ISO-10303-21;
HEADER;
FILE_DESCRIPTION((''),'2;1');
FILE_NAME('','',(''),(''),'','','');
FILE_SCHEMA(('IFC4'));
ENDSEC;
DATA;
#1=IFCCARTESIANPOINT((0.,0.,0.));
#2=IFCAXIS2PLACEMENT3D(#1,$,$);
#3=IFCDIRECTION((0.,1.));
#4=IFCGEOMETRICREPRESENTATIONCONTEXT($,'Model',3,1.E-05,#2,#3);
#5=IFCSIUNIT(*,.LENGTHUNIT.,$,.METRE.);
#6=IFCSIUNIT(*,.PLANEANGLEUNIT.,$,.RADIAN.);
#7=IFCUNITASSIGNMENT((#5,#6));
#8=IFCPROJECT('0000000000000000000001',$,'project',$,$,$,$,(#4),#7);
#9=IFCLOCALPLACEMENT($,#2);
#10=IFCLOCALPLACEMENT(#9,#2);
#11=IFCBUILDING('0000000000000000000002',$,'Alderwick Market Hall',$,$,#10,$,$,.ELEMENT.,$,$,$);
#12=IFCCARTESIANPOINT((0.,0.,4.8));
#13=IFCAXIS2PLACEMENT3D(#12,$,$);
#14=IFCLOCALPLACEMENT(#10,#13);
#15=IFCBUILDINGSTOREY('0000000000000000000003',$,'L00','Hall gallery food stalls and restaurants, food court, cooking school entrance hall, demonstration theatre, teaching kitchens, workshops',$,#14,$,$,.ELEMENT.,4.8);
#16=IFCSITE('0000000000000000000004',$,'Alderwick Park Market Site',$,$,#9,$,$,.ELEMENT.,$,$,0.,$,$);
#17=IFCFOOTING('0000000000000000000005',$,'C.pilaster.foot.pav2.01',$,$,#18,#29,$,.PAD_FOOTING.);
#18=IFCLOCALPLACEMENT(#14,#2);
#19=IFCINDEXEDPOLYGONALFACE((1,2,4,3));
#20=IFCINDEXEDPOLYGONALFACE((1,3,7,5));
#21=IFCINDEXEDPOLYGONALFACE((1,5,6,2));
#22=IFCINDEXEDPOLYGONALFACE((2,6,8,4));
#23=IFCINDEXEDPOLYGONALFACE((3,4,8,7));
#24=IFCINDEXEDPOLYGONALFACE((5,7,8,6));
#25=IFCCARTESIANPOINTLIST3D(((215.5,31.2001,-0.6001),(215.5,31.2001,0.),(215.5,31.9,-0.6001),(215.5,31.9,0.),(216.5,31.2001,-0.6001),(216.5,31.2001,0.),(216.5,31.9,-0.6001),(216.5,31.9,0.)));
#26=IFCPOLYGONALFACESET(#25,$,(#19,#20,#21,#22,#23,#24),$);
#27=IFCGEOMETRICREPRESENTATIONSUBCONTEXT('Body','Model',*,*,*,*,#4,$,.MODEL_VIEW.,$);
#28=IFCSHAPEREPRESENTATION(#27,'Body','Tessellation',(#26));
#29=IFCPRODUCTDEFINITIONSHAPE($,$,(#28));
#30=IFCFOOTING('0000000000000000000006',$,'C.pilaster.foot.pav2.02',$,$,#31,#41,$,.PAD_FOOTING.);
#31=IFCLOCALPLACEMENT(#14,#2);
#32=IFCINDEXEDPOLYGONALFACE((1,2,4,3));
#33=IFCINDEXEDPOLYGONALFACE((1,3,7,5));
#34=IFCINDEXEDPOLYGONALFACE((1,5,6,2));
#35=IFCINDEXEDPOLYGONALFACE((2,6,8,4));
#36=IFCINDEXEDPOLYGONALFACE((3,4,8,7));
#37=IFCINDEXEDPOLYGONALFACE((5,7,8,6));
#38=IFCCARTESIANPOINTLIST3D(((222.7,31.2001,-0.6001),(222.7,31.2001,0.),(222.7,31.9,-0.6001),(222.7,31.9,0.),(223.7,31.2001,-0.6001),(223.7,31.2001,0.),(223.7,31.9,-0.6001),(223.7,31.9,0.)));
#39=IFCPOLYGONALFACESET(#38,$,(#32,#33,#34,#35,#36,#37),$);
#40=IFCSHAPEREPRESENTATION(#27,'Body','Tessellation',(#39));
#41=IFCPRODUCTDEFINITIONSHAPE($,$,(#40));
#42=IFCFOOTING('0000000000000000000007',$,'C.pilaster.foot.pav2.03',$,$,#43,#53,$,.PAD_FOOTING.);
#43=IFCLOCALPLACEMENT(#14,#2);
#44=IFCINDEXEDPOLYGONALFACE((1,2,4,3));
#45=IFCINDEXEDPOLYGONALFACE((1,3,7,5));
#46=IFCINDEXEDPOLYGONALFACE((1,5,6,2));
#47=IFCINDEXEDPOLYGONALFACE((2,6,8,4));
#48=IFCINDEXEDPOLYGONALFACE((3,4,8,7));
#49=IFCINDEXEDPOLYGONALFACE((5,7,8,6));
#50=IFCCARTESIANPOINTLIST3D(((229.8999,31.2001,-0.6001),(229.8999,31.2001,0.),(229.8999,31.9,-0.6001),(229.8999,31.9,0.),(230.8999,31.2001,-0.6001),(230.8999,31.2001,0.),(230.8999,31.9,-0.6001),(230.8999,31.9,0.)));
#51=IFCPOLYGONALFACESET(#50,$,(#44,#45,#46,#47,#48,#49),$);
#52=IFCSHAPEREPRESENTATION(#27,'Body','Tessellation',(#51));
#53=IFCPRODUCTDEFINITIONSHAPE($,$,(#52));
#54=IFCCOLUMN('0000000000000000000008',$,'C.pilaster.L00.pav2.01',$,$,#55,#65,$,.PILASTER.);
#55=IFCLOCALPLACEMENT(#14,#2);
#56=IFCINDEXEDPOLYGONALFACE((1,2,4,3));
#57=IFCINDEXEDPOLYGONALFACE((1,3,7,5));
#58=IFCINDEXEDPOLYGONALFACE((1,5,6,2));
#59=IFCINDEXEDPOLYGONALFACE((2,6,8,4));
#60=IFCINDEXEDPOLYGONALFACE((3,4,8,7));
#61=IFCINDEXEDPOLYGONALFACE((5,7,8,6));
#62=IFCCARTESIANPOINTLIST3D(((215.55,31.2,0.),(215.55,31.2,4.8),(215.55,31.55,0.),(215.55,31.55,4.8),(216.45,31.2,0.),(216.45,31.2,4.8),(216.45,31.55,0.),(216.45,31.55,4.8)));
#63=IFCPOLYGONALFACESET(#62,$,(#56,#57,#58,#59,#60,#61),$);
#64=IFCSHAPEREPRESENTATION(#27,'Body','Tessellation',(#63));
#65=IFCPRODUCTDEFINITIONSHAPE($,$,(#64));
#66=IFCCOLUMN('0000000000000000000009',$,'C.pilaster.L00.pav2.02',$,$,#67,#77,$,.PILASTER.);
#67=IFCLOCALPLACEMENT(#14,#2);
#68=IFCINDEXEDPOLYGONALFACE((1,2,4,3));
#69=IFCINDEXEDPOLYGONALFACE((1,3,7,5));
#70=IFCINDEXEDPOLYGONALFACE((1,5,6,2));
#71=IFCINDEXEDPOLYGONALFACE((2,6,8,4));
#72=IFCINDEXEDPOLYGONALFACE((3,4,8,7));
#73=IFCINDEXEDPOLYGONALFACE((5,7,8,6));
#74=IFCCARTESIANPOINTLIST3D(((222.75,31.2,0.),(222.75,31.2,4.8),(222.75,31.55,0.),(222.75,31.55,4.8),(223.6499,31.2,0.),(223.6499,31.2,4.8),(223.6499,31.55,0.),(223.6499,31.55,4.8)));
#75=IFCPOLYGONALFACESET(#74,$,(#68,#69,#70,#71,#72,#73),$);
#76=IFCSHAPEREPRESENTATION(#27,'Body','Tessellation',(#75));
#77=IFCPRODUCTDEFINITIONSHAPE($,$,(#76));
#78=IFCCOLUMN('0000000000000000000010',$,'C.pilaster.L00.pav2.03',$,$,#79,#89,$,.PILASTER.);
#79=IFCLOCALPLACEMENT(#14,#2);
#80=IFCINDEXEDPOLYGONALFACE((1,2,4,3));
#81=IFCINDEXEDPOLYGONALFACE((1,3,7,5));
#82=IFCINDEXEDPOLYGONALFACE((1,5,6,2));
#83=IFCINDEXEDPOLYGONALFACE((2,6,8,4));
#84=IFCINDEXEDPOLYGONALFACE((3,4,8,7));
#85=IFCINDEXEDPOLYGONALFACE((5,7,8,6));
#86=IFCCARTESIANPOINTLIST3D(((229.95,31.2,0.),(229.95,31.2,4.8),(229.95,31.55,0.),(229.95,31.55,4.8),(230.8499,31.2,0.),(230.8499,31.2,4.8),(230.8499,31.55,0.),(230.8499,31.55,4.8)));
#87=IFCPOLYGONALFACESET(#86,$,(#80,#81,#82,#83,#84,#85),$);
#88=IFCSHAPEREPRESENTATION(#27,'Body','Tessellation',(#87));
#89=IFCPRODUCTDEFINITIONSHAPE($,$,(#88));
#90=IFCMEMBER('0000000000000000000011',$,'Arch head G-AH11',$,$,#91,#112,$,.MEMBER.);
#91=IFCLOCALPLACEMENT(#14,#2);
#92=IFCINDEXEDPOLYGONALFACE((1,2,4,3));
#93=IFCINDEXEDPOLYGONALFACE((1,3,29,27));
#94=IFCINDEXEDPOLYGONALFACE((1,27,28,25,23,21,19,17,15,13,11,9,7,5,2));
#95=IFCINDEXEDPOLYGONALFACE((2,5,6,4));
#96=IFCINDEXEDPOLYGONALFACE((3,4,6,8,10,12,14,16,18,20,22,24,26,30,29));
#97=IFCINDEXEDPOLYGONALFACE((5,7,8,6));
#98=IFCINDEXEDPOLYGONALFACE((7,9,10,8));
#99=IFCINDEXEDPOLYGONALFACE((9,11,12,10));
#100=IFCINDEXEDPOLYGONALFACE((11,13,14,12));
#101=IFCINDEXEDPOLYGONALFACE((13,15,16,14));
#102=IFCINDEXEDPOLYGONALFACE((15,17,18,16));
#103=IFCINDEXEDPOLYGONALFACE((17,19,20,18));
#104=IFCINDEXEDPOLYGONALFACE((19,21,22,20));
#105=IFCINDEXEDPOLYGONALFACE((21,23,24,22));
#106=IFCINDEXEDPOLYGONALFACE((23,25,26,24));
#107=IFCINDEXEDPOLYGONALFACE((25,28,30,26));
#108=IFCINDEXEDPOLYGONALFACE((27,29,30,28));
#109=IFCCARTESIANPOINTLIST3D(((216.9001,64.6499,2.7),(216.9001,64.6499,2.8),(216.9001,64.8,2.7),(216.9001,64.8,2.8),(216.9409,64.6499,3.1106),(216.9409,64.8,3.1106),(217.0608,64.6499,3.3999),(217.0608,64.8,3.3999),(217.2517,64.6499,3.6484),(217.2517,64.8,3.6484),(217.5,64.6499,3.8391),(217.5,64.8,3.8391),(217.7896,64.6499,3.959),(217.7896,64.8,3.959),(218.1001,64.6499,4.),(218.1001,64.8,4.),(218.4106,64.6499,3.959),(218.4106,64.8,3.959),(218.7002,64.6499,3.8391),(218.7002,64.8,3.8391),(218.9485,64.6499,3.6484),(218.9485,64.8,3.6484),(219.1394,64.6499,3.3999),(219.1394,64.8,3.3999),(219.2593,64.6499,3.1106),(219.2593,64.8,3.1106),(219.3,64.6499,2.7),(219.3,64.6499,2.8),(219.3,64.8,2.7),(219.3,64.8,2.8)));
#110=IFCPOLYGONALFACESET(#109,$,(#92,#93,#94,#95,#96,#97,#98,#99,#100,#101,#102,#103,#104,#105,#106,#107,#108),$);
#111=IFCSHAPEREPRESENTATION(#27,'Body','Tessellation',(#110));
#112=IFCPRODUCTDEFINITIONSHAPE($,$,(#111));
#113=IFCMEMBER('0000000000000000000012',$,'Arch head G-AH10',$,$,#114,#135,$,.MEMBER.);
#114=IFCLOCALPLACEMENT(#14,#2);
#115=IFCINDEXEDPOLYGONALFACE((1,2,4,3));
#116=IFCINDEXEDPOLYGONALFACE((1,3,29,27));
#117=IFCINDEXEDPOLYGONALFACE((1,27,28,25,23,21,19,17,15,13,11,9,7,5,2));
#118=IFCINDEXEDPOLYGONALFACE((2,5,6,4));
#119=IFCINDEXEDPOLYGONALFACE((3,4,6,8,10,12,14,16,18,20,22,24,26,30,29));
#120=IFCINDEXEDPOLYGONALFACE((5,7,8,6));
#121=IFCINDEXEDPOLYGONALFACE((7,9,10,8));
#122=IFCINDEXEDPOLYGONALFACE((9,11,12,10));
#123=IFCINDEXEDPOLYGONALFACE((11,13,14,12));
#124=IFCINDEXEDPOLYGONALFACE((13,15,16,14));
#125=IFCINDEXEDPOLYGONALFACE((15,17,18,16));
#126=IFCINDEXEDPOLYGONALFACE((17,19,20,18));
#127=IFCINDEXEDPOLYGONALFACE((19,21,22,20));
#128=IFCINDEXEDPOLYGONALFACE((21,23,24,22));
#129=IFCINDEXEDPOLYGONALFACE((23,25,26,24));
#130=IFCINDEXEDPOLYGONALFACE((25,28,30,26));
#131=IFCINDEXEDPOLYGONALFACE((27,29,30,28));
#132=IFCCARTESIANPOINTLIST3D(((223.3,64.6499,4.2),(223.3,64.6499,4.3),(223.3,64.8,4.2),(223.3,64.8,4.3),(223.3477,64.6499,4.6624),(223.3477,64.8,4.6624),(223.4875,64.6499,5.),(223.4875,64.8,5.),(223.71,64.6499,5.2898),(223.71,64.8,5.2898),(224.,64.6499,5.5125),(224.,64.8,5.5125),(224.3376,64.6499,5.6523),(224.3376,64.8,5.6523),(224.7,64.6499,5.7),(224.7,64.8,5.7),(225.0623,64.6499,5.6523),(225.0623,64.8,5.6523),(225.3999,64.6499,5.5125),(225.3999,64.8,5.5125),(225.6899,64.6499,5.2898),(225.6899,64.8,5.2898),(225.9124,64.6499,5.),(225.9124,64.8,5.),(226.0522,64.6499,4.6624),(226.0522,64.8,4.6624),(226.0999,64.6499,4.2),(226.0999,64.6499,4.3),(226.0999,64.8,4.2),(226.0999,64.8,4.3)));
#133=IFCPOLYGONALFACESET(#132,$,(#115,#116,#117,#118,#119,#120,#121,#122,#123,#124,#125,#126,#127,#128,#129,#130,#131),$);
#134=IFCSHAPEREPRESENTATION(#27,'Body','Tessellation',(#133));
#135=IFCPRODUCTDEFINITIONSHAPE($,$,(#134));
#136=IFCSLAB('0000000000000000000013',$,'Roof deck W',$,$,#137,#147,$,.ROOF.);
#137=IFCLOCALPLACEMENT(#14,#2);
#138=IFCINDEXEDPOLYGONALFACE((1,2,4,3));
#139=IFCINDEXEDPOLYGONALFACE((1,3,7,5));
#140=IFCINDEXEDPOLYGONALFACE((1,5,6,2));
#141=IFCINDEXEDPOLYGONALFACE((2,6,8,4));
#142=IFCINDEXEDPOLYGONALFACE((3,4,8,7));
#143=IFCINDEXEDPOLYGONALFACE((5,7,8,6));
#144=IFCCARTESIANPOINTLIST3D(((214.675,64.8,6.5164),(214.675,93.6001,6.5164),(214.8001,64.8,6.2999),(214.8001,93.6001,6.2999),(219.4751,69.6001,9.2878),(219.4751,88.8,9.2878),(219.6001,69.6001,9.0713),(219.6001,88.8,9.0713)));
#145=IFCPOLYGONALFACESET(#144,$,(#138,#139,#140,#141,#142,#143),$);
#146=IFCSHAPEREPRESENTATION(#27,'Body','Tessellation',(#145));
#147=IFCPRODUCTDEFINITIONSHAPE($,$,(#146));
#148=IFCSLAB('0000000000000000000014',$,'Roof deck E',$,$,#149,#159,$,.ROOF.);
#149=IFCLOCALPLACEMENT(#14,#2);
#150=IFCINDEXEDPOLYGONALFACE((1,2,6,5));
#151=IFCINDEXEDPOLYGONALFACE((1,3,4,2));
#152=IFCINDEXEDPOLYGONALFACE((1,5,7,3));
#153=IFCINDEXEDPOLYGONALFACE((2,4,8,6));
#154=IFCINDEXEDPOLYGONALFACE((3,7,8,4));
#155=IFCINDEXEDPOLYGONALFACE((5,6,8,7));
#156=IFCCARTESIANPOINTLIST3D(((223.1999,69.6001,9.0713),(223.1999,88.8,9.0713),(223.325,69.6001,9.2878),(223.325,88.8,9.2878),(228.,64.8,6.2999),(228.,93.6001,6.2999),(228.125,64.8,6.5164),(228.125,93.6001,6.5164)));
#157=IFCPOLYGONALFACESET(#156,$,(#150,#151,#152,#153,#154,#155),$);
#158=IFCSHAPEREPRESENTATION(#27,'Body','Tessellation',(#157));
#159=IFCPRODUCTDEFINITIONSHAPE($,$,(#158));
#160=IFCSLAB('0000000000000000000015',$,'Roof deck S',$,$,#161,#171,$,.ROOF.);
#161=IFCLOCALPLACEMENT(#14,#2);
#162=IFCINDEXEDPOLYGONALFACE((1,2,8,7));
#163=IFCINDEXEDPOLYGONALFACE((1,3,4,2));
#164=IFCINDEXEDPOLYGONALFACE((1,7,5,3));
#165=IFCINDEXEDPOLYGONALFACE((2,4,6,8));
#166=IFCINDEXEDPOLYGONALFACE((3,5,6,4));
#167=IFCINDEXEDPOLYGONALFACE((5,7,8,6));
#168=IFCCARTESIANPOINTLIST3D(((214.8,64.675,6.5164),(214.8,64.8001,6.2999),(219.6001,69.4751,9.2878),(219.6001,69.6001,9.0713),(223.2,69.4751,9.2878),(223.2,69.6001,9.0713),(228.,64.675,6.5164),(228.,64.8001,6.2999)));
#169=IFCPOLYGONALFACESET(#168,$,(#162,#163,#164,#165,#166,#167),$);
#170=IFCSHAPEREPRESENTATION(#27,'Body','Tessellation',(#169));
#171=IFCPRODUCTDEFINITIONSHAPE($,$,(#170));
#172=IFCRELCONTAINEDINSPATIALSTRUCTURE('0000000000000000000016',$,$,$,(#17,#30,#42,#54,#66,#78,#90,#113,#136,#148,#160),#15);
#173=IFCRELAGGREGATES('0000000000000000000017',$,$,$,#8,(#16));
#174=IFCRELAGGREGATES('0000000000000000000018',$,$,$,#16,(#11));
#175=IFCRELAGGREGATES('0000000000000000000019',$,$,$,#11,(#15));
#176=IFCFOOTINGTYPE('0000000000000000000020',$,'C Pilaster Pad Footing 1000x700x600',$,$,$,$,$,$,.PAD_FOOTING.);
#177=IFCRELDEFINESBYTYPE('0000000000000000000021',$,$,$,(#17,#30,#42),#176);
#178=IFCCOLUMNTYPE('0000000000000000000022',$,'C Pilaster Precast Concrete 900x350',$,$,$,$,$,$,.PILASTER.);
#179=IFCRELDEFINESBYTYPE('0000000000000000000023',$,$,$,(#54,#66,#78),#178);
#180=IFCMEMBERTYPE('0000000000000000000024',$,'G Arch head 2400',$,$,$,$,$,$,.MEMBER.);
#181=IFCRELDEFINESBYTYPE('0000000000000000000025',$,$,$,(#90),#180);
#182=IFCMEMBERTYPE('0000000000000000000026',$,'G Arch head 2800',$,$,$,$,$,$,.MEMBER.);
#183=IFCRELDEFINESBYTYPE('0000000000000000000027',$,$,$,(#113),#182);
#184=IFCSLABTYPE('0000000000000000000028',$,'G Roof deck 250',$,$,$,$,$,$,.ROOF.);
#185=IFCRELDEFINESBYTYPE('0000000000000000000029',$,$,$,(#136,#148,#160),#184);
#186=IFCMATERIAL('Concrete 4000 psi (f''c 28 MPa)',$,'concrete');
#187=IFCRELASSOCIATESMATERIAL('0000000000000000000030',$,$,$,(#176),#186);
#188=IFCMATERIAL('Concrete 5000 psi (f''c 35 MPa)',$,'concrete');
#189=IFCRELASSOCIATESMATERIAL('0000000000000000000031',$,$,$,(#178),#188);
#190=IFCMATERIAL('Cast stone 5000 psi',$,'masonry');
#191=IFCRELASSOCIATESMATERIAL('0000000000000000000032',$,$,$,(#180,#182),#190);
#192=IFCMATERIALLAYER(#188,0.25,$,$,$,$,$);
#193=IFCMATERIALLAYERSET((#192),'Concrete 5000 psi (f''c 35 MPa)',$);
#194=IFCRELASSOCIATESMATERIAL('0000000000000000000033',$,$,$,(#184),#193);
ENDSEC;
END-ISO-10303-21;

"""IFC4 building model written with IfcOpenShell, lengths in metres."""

from ifc_helpers import new_model, si_unit, direction, frame, origin, origin_2d, place, context, subcontext, project, spatial, polyline, rectangle, outline, extrude, material, layer, layer_set, material_profile, profile_set, type_object, element, save


model = new_model("IFC4")

# Units and contexts
model_context = context("Model", 3, precision=1e-05, world=origin(), true_north=direction((0.0, 1.0)))
body_context = subcontext(model_context, "Body", "Model", "MODEL_VIEW")
ifc_project = project(units=[si_unit("LENGTHUNIT", "METRE"), si_unit("PLANEANGLEUNIT", "RADIAN")], contexts=[model_context])

# Site, building, storey
site_placement = place(None, origin())
site = spatial("IfcSite", under=ifc_project, at=site_placement, Name="Alderwick Park Market Site", CompositionType="ELEMENT", RefElevation=0.0)
building_placement = place(site_placement, origin())
building = spatial("IfcBuilding", under=site, at=building_placement, Name="Alderwick Market Hall", CompositionType="ELEMENT")
storey_placement = place(building_placement, frame((0.0, 0.0, 4.8)))
storey = spatial("IfcBuildingStorey", under=building, at=storey_placement, Name="L00", Description="Hall gallery food stalls and restaurants, food court, cooking school entrance hall, demonstration theatre, teaching kitchens, workshops", CompositionType="ELEMENT", Elevation=4.8)

# Footings
ifc_material_1 = material(Name="Concrete 4000 psi (f'c 28 MPa)", Category="concrete")
footing_type = type_object("IfcFootingType", Name="C Pilaster Pad Footing 1000x700x600", PredefinedType="PAD_FOOTING", material=ifc_material_1)
for number, where, z_axis, x_axis, name in (
    (1, (216.0, 31.55, -0.6001), (0.0, 0.0, 1.0), (1.0, 0.0, 0.0), "C.pilaster.foot.pav2.01"),
    (2, (223.2, 31.55, -0.6001), (0.0, 0.0, 1.0), (1.0, 0.0, 0.0), "C.pilaster.foot.pav2.02"),
    (3, (230.3999, 31.55, -0.6001), (0.0, 0.0, 1.0), (1.0, 0.0, 0.0), "C.pilaster.foot.pav2.03"),
):
    element("IfcFooting", number, at=place(storey_placement, frame(where, z_axis=z_axis, x_axis=x_axis)), inside=storey, type_object=footing_type, Name=name, PredefinedType="PAD_FOOTING", context=body_context, shape_type="SweptSolid", body=[
        extrude(rectangle(XDim=1.0, YDim=0.7, at=origin_2d()), origin(), (0.0, 0.0, 1.0), 0.6001),
    ])

# Columns
ifc_material_2 = material(Name="Concrete 5000 psi (f'c 35 MPa)", Category="concrete")
ifc_material_profile_1 = material_profile(ifc_material_2, rectangle(XDim=0.8999, YDim=0.3501, at=origin_2d()), Name="PC 900x350")
ifc_profile_set_1 = profile_set([ifc_material_profile_1], Name="Concrete 5000 psi (f'c 35 MPa)")
column_type = type_object("IfcColumnType", Name="C Pilaster Precast Concrete 900x350", PredefinedType="PILASTER", material=ifc_profile_set_1)
for number, where, z_axis, x_axis, name in (
    (4, (216.0, 31.375, 0.0), (0.0, 0.0, 1.0), (1.0, 0.0, 0.0), "C.pilaster.L00.pav2.01"),
    (5, (223.2, 31.375, 0.0), (0.0, 0.0, 1.0), (1.0, 0.0, 0.0), "C.pilaster.L00.pav2.02"),
    (6, (230.3999, 31.375, 0.0), (0.0, 0.0, 1.0), (1.0, 0.0, 0.0), "C.pilaster.L00.pav2.03"),
):
    element("IfcColumn", number, at=place(storey_placement, frame(where, z_axis=z_axis, x_axis=x_axis)), inside=storey, type_object=column_type, Name=name, PredefinedType="PILASTER", context=body_context, shape_type="SweptSolid", body=[
        extrude(rectangle(XDim=0.8999, YDim=0.3501, at=origin_2d()), origin(), (0.0, 0.0, 1.0), 4.8),
    ])

# Members
ifc_material_3 = material(Name="Cast stone 5000 psi", Category="masonry")
ifc_material_profile_2 = material_profile(ifc_material_3, outline(polyline([(-1.2, 0.0), (1.2, 0.0), (1.2, 0.1001), (1.1592, 0.4106), (1.0393, 0.7), (0.8484, 0.9485), (0.6001, 1.1392), (0.3105, 1.259), (0.0, 1.3), (-0.3105, 1.259), (-0.6001, 1.1392), (-0.8484, 0.9485), (-1.0393, 0.7), (-1.1592, 0.4106), (-1.2, 0.1001), (-1.2, 0.0)])), Name="Cast stone arch head 2400")
ifc_profile_set_2 = profile_set([ifc_material_profile_2], Name="Cast stone 5000 psi")
member_type_1 = type_object("IfcMemberType", Name="G Arch head 2400", PredefinedType="MEMBER", material=ifc_profile_set_2)
member_1_placement = place(storey_placement, frame((218.1001, 64.6499, 2.7), z_axis=(0.0, 1.0, 0.0), x_axis=(-1.0, 0.0, 0.0)))
element("IfcMember", 7, at=member_1_placement, inside=storey, type_object=member_type_1, Name="Arch head G-AH11", PredefinedType="MEMBER", context=body_context, shape_type="SweptSolid", body=[
    extrude(outline(polyline([(-1.2, 0.0), (1.2, 0.0), (1.2, 0.1001), (1.1592, 0.4106), (1.0393, 0.7), (0.8484, 0.9485), (0.6001, 1.1392), (0.3105, 1.259), (0.0, 1.3), (-0.3105, 1.259), (-0.6001, 1.1392), (-0.8484, 0.9485), (-1.0393, 0.7), (-1.1592, 0.4106), (-1.2, 0.1001), (-1.2, 0.0)])), origin(), (0.0, 0.0, 1.0), 0.1501),
])
ifc_material_profile_3 = material_profile(ifc_material_3, outline(polyline([(-1.3999, 0.0), (1.3999, 0.0), (1.3999, 0.1001), (1.3523, 0.4624), (1.2124, 0.8), (0.99, 1.0898), (0.7, 1.3125), (0.3623, 1.4524), (0.0, 1.5), (-0.3623, 1.4524), (-0.7, 1.3125), (-0.99, 1.0898), (-1.2124, 0.8), (-1.3523, 0.4624), (-1.3999, 0.1001), (-1.3999, 0.0)])), Name="Cast stone arch head 2800")
ifc_profile_set_3 = profile_set([ifc_material_profile_3], Name="Cast stone 5000 psi")
member_type_2 = type_object("IfcMemberType", Name="G Arch head 2800", PredefinedType="MEMBER", material=ifc_profile_set_3)
member_2_placement = place(storey_placement, frame((224.7, 64.6499, 4.2), z_axis=(0.0, 1.0, 0.0), x_axis=(-1.0, 0.0, 0.0)))
element("IfcMember", 8, at=member_2_placement, inside=storey, type_object=member_type_2, Name="Arch head G-AH10", PredefinedType="MEMBER", context=body_context, shape_type="SweptSolid", body=[
    extrude(outline(polyline([(-1.3999, 0.0), (1.3999, 0.0), (1.3999, 0.1001), (1.3523, 0.4624), (1.2124, 0.8), (0.99, 1.0898), (0.7, 1.3125), (0.3623, 1.4524), (0.0, 1.5), (-0.3623, 1.4524), (-0.7, 1.3125), (-0.99, 1.0898), (-1.2124, 0.8), (-1.3523, 0.4624), (-1.3999, 0.1001), (-1.3999, 0.0)])), origin(), (0.0, 0.0, 1.0), 0.1501),
])

# Slabs
ifc_layer_1 = layer(ifc_material_2, 0.25)
ifc_layer_set_1 = layer_set([ifc_layer_1], Name="Concrete 5000 psi (f'c 35 MPa)")
slab_type = type_object("IfcSlabType", Name="G Roof deck 250", PredefinedType="ROOF", material=ifc_layer_set_1)
slab_1_placement = place(storey_placement, frame((214.675, 64.8, 6.5164), z_axis=(-0.500024, 0.0, 0.866012), x_axis=(0.654648, 0.654648, 0.377985)))
element("IfcSlab", 9, at=slab_1_placement, inside=storey, type_object=slab_type, Name="Roof deck W", PredefinedType="ROOF", context=body_context, shape_type="SweptSolid", body=[
    extrude(outline(polyline([(0.0, 0.0), (7.3323, 0.0), (19.9015, 14.5139), (18.8539, 21.7709), (0.0, 0.0)])), origin(), (0.0, 0.0, -1.0), 0.25),
])
slab_2_placement = place(storey_placement, frame((228.125, 64.8, 6.5164), z_axis=(0.500024, 0.0, 0.866012), x_axis=(0.0, 1.0, 0.0)))
element("IfcSlab", 10, at=slab_2_placement, inside=storey, type_object=slab_type, Name="Roof deck E", PredefinedType="ROOF", context=body_context, shape_type="SweptSolid", body=[
    extrude(outline(polyline([(0.0, 0.0), (28.8, 0.0), (24.0, 5.5427), (4.8, 5.5427), (0.0, 0.0)])), origin(), (0.0, 0.0, -1.0), 0.25),
])
slab_3_placement = place(storey_placement, frame((214.8, 64.675, 6.5164), z_axis=(0.0, -0.500024, 0.866012), x_axis=(1.0, 0.0, 0.0)))
element("IfcSlab", 11, at=slab_3_placement, inside=storey, type_object=slab_type, Name="Roof deck S", PredefinedType="ROOF", context=body_context, shape_type="SweptSolid", body=[
    extrude(outline(polyline([(0.0, 0.0), (13.2, 0.0), (8.3999, 5.5427), (4.8, 5.5427), (0.0, 0.0)])), origin(), (0.0, 0.0, -1.0), 0.25),
])

save(model, "model.ifc")
